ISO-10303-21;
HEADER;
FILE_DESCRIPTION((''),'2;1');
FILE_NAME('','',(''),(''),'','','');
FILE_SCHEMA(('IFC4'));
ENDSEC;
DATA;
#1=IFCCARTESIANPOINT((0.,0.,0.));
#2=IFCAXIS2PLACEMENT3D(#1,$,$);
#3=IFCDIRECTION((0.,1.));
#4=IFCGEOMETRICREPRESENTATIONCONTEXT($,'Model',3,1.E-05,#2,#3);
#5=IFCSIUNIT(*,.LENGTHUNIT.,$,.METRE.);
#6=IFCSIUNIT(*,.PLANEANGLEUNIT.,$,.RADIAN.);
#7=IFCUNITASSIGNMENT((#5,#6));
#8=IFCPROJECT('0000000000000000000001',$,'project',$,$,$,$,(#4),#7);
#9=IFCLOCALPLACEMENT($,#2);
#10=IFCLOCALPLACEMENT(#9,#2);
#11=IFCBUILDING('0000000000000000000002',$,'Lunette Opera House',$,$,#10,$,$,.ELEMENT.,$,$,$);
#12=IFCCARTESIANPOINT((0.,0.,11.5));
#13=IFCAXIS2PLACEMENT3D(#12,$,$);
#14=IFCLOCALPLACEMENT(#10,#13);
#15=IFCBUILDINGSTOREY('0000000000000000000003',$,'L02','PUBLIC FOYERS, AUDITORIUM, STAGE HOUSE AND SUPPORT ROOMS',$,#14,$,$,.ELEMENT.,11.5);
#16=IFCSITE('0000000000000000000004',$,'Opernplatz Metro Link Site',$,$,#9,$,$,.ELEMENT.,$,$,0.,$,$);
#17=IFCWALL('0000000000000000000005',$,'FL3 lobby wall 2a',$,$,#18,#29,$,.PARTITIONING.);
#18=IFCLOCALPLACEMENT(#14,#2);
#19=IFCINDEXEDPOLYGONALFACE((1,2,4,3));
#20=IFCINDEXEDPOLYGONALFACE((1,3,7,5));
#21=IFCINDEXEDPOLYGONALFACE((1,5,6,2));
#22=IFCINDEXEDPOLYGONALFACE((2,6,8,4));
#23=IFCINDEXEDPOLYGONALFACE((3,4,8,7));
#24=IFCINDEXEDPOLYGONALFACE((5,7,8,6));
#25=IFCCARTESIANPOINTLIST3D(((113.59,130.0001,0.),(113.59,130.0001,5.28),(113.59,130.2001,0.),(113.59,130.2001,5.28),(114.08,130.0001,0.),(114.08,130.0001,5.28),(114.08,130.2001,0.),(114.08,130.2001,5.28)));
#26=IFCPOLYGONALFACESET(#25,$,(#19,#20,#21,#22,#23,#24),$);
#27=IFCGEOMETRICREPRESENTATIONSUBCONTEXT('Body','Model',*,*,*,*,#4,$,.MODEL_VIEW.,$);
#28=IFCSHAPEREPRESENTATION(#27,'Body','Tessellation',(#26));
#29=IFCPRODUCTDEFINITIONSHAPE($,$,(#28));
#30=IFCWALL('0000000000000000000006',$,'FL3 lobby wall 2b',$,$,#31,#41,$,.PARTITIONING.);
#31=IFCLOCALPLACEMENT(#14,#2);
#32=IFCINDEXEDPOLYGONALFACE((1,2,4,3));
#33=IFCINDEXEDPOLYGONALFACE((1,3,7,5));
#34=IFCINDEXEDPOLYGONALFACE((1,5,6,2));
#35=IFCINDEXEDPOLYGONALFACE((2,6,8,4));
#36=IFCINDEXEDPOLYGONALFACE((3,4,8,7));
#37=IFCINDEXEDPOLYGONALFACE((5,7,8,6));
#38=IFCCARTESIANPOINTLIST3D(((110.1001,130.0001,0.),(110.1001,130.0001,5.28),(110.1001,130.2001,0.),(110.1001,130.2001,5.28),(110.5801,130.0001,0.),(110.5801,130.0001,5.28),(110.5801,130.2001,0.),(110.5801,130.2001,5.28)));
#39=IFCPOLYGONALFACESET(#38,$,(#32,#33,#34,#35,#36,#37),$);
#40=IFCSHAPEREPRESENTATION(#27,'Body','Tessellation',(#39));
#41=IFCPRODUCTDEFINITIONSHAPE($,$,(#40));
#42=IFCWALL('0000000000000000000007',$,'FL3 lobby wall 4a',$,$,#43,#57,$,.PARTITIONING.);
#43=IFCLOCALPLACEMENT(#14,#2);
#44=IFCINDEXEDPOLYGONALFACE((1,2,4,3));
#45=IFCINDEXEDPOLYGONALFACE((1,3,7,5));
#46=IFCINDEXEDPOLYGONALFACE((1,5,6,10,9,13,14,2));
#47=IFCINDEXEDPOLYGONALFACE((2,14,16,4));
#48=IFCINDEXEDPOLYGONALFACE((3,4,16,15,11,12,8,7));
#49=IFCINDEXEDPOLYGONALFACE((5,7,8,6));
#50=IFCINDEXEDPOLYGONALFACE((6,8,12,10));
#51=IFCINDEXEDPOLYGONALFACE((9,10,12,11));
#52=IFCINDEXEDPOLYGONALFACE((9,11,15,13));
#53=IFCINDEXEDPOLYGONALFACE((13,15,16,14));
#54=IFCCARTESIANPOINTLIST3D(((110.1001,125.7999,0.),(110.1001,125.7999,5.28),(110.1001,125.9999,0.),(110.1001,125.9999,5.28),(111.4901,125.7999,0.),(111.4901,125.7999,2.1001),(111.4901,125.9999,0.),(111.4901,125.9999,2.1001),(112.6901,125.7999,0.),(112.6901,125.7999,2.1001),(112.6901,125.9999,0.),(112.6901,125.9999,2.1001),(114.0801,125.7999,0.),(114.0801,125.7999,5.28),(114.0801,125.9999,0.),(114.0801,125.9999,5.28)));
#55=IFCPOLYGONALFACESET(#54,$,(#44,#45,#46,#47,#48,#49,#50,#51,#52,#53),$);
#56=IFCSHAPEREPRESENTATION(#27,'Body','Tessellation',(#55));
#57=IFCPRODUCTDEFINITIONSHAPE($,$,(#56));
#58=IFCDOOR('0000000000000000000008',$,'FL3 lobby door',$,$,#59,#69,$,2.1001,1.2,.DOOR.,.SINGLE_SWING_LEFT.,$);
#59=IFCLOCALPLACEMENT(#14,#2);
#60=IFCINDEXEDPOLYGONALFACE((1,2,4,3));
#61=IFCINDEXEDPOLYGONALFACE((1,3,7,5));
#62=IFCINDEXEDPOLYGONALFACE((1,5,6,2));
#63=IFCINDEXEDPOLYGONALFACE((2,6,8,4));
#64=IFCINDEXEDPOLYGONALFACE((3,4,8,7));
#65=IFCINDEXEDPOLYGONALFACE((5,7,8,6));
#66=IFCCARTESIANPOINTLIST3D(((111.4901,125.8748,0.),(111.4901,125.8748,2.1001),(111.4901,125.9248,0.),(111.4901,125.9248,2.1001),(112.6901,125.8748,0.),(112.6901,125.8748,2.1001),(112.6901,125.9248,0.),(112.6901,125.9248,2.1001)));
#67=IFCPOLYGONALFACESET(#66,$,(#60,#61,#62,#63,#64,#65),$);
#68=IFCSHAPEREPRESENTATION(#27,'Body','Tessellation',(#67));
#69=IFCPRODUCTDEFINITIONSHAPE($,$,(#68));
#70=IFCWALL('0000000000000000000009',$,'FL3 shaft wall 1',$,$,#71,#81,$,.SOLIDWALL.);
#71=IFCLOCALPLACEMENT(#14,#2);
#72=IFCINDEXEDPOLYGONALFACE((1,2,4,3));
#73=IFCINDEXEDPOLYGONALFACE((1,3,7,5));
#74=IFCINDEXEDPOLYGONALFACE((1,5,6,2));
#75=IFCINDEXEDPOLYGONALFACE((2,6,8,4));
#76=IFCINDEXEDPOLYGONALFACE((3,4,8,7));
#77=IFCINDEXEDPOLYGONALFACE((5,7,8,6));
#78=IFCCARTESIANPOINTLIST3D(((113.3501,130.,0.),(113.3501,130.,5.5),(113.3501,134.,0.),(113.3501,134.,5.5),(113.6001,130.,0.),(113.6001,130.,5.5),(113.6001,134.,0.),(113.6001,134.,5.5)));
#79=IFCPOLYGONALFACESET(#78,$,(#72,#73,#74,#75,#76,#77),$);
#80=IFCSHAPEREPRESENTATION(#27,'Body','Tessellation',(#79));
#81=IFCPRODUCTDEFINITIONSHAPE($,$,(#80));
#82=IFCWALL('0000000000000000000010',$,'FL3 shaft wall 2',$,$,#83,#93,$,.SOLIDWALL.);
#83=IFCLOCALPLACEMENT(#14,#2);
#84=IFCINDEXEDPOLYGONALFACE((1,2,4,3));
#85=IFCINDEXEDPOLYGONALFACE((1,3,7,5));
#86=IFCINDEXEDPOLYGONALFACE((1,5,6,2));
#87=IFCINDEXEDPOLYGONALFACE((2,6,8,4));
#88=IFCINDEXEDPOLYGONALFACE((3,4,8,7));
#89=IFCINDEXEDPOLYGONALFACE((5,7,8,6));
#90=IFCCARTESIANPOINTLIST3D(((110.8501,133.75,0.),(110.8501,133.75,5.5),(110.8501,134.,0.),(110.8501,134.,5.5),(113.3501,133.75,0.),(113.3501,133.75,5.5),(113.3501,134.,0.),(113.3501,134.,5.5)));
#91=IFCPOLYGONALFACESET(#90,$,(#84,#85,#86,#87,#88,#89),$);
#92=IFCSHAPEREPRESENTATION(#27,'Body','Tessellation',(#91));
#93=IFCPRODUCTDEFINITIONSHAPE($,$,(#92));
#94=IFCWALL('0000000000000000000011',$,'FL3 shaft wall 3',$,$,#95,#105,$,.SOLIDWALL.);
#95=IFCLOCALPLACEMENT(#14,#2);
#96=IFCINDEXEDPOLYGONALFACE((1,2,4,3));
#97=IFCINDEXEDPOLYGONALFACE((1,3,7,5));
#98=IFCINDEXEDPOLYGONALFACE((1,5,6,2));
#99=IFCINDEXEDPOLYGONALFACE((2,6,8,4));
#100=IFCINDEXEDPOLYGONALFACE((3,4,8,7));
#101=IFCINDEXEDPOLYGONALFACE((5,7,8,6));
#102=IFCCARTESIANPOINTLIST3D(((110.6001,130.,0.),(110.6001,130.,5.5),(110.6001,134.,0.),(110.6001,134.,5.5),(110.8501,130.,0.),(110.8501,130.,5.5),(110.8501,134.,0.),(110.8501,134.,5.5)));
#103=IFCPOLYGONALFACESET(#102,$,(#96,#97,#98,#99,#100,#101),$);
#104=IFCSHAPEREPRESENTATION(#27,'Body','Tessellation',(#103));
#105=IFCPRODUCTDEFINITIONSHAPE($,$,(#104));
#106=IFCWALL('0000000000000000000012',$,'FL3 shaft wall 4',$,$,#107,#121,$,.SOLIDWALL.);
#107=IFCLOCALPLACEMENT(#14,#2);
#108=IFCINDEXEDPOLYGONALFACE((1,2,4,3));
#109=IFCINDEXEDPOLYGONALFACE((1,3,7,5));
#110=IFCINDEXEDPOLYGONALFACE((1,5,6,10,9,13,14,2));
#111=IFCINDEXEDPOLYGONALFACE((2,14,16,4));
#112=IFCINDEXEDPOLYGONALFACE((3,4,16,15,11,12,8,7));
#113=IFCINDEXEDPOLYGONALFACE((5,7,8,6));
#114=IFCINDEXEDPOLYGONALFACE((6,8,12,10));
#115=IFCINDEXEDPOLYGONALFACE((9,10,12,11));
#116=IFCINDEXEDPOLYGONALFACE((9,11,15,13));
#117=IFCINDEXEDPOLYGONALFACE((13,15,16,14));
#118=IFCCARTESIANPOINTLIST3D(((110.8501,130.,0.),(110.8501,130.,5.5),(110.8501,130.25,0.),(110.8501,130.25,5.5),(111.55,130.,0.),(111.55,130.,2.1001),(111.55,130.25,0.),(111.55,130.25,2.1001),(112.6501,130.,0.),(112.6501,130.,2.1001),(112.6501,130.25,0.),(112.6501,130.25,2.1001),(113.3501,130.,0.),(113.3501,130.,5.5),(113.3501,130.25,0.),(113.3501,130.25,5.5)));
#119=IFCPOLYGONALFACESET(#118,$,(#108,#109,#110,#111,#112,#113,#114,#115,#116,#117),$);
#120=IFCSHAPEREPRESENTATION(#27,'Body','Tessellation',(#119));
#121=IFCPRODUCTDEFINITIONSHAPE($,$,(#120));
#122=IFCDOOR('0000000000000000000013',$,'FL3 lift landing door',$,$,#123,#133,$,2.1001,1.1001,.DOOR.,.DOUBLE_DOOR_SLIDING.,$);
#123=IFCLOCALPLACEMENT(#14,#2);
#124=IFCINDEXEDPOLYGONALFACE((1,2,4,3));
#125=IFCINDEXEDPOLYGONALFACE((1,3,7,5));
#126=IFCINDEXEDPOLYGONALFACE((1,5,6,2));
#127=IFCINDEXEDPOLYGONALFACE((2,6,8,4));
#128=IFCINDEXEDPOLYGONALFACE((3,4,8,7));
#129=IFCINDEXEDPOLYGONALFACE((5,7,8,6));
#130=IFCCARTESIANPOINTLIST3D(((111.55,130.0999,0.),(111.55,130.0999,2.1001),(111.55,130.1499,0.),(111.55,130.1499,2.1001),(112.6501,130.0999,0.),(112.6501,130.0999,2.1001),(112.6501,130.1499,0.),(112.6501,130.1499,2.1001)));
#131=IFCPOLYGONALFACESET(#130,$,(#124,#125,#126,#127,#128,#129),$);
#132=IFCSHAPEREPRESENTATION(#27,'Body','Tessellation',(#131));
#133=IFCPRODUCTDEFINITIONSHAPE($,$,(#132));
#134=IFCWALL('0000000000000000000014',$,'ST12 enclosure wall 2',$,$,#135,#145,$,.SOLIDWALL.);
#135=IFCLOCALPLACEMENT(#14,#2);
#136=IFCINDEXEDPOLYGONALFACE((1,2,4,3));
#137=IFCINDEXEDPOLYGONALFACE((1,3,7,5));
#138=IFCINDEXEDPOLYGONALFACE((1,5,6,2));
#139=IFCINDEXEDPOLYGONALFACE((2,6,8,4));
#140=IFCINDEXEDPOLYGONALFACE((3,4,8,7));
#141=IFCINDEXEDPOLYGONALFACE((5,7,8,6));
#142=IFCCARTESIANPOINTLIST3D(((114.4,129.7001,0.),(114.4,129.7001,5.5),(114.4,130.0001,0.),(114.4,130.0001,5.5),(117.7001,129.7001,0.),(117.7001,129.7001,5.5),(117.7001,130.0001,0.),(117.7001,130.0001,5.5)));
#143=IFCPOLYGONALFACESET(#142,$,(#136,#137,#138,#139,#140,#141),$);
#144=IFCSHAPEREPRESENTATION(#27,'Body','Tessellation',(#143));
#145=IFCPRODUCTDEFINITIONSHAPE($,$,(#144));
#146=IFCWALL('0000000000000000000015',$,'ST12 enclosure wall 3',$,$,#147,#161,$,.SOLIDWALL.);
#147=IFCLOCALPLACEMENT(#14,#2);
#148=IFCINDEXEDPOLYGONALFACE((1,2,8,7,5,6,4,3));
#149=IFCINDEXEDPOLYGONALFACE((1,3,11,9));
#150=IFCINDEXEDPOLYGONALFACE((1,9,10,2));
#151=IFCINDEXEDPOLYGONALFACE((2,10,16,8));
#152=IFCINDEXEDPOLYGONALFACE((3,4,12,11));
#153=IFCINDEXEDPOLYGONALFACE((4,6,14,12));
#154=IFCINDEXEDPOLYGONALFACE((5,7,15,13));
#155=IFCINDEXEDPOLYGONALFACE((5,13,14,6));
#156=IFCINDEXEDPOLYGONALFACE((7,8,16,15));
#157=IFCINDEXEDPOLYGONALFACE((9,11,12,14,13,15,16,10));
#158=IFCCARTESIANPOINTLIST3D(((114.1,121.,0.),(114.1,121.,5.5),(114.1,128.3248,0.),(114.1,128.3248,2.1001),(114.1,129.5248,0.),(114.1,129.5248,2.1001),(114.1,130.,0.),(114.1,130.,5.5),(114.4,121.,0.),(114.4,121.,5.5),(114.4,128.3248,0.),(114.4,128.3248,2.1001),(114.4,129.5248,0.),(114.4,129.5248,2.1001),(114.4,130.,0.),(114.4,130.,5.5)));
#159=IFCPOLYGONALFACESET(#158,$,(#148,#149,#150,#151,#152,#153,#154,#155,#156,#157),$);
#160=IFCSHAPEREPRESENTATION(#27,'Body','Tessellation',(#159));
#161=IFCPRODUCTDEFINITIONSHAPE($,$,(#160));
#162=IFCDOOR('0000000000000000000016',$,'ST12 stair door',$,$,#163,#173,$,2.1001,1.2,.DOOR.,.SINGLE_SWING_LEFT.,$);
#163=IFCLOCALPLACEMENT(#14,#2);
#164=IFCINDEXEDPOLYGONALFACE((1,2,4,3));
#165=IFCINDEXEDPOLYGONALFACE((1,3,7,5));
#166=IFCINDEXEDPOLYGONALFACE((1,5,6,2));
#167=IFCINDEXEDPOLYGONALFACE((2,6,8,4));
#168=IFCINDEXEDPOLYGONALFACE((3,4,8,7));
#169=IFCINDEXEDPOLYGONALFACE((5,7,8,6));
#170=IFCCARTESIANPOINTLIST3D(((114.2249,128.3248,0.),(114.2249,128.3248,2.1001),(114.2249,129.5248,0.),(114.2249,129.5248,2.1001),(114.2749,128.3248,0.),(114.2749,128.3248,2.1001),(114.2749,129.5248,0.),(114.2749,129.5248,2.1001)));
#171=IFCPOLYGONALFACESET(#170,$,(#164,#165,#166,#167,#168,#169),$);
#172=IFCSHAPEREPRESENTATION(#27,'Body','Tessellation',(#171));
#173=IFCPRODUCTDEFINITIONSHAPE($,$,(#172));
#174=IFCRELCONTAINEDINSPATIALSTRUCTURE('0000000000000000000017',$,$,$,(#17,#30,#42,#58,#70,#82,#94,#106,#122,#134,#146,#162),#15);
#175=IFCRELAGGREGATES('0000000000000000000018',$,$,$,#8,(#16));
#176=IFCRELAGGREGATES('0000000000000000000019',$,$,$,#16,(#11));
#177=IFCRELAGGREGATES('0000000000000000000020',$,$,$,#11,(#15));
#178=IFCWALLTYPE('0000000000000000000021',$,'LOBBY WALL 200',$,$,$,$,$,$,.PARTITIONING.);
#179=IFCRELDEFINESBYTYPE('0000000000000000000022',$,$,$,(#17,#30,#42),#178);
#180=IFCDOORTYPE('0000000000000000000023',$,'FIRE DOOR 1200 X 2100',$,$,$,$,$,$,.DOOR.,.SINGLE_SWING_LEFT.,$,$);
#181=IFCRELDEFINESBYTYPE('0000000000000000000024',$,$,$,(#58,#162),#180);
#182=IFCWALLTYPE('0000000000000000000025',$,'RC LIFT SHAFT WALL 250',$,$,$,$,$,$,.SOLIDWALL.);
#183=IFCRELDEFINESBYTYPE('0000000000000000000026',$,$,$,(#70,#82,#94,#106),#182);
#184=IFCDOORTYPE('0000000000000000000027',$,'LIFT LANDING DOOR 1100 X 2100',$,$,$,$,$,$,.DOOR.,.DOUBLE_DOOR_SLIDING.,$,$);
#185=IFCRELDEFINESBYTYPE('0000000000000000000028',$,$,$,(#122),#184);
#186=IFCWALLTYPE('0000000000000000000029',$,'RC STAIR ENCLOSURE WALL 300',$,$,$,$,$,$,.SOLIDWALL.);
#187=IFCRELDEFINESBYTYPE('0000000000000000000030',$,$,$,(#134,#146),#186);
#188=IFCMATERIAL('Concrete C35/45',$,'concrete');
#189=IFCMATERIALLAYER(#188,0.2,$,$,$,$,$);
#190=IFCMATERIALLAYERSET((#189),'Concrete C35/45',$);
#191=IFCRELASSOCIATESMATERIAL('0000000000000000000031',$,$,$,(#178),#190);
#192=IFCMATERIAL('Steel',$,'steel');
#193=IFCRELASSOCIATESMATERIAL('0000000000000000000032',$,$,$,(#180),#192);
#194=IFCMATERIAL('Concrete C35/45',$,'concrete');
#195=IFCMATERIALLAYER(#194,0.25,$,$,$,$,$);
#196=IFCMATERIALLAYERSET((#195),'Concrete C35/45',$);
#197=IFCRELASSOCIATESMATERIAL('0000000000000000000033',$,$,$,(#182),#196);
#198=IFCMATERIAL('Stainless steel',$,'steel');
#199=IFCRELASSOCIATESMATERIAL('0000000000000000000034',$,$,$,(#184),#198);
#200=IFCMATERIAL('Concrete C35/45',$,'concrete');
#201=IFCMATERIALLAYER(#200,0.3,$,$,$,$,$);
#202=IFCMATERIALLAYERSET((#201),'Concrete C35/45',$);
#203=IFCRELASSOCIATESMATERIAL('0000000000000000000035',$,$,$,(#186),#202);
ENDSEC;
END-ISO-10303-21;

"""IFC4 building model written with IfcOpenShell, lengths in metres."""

from ifc_helpers import new_model, si_unit, direction, frame, frame_2d, origin, place, context, subcontext, project, spatial, rectangle, extrude, material, layer, layer_set, type_object, element, fill, save


model = new_model("IFC4")

# Units and contexts
model_context = context("Model", 3, precision=1e-05, world=origin(), true_north=direction((0.0, 1.0)))
body_context = subcontext(model_context, "Body", "Model", "MODEL_VIEW")
ifc_project = project(units=[si_unit("LENGTHUNIT", "METRE"), si_unit("PLANEANGLEUNIT", "RADIAN")], contexts=[model_context])

# Site, building, storey
site_placement = place(None, origin())
site = spatial("IfcSite", under=ifc_project, at=site_placement, Name="Opernplatz Metro Link Site", CompositionType="ELEMENT", RefElevation=0.0)
building_placement = place(site_placement, origin())
building = spatial("IfcBuilding", under=site, at=building_placement, Name="Lunette Opera House", CompositionType="ELEMENT")
storey_placement = place(building_placement, frame((0.0, 0.0, 11.5)))
storey = spatial("IfcBuildingStorey", under=building, at=storey_placement, Name="L02", Description="PUBLIC FOYERS, AUDITORIUM, STAGE HOUSE AND SUPPORT ROOMS", CompositionType="ELEMENT", Elevation=11.5)

# Walls
ifc_material_1 = material(Name="Concrete C35/45", Category="concrete")
ifc_layer_1 = layer(ifc_material_1, 0.2)
ifc_layer_set_1 = layer_set([ifc_layer_1], Name="Concrete C35/45")
wall_type_1 = type_object("IfcWallType", Name="LOBBY WALL 200", PredefinedType="PARTITIONING", material=ifc_layer_set_1)
wall_1_placement = place(storey_placement, frame((114.0801, 130.1001, 0.0), z_axis=(0.0, 0.0, 1.0), x_axis=(-1.0, 0.0, 0.0)))
element("IfcWall", 1, at=wall_1_placement, inside=storey, type_object=wall_type_1, Name="FL3 lobby wall 2a", PredefinedType="PARTITIONING", context=body_context, shape_type="SweptSolid", body=[
    extrude(rectangle(XDim=0.49, YDim=0.2, at=frame_2d((0.2451, 0.0))), origin(), (0.0, 0.0, 1.0), 5.28),
])
wall_2_placement = place(storey_placement, frame((110.5801, 130.1001, 0.0), z_axis=(0.0, 0.0, 1.0), x_axis=(-1.0, 0.0, 0.0)))
element("IfcWall", 2, at=wall_2_placement, inside=storey, type_object=wall_type_1, Name="FL3 lobby wall 2b", PredefinedType="PARTITIONING", context=body_context, shape_type="SweptSolid", body=[
    extrude(rectangle(XDim=0.48, YDim=0.2, at=frame_2d((0.24, 0.0))), origin(), (0.0, 0.0, 1.0), 5.28),
])

# Wall, opening, door
wall_3_placement = place(storey_placement, frame((110.1001, 125.8999, 0.0), z_axis=(0.0, 0.0, 1.0), x_axis=(1.0, 0.0, 0.0)))
wall_3 = element("IfcWall", 3, at=wall_3_placement, inside=storey, type_object=wall_type_1, Name="FL3 lobby wall 4a", PredefinedType="PARTITIONING", context=body_context, shape_type="SweptSolid", body=[
    extrude(rectangle(XDim=3.98, YDim=0.2, at=frame_2d((1.99, 0.0))), origin(), (0.0, 0.0, 1.0), 5.28),
])
opening_1_placement = place(wall_3_placement, frame((1.3899, 0.0, 0.0)))
opening_1 = element("IfcOpeningElement", 4, at=opening_1_placement, cuts=wall_3, PredefinedType="OPENING", context=body_context, shape_type="SweptSolid", body=[
    extrude(rectangle(XDim=1.2, YDim=2.1001, at=frame_2d((0.6001, 1.05))), frame((0.0, 0.1121, 0.0), z_axis=(0.0, -1.0, 0.0), x_axis=(1.0, 0.0, 0.0)), (0.0, 0.0, 1.0), 0.2239),
])
ifc_material_2 = material(Name="Steel", Category="steel")
door_type_1 = type_object("IfcDoorType", Name="FIRE DOOR 1200 X 2100", OperationType="SINGLE_SWING_LEFT", PredefinedType="DOOR", material=ifc_material_2)
door_1_placement = place(opening_1_placement, origin())
door_1 = element("IfcDoor", 5, at=door_1_placement, inside=storey, type_object=door_type_1, Name="FL3 lobby door", OperationType="SINGLE_SWING_LEFT", OverallHeight=2.1001, OverallWidth=1.2, PredefinedType="DOOR", context=body_context, shape_type="SweptSolid", body=[
    extrude(rectangle(XDim=1.2, YDim=2.1001, at=frame_2d((0.6001, 1.05))), frame((0.0, 0.0249, 0.0), z_axis=(0.0, -1.0, 0.0), x_axis=(1.0, 0.0, 0.0)), (0.0, 0.0, 1.0), 0.05),
])
fill(opening_1, door_1)

# Walls
ifc_material_3 = material(Name="Concrete C35/45", Category="concrete")
ifc_layer_2 = layer(ifc_material_3, 0.25)
ifc_layer_set_2 = layer_set([ifc_layer_2], Name="Concrete C35/45")
wall_type_2 = type_object("IfcWallType", Name="RC LIFT SHAFT WALL 250", PredefinedType="SOLIDWALL", material=ifc_layer_set_2)
wall_4_placement = place(storey_placement, frame((113.4751, 130.0, 0.0), z_axis=(0.0, 0.0, 1.0), x_axis=(0.0, 1.0, 0.0)))
element("IfcWall", 6, at=wall_4_placement, inside=storey, type_object=wall_type_2, Name="FL3 shaft wall 1", PredefinedType="SOLIDWALL", context=body_context, shape_type="SweptSolid", body=[
    extrude(rectangle(XDim=4.0, YDim=0.25, at=frame_2d((2.0, 0.0))), origin(), (0.0, 0.0, 1.0), 5.5),
])
wall_5_placement = place(storey_placement, frame((113.3501, 133.875, 0.0), z_axis=(0.0, 0.0, 1.0), x_axis=(-1.0, 0.0, 0.0)))
element("IfcWall", 7, at=wall_5_placement, inside=storey, type_object=wall_type_2, Name="FL3 shaft wall 2", PredefinedType="SOLIDWALL", context=body_context, shape_type="SweptSolid", body=[
    extrude(rectangle(XDim=2.5, YDim=0.25, at=frame_2d((1.25, 0.0))), origin(), (0.0, 0.0, 1.0), 5.5),
])
wall_6_placement = place(storey_placement, frame((110.7251, 134.0, 0.0), z_axis=(0.0, 0.0, 1.0), x_axis=(0.0, -1.0, 0.0)))
element("IfcWall", 8, at=wall_6_placement, inside=storey, type_object=wall_type_2, Name="FL3 shaft wall 3", PredefinedType="SOLIDWALL", context=body_context, shape_type="SweptSolid", body=[
    extrude(rectangle(XDim=4.0, YDim=0.25, at=frame_2d((2.0, 0.0))), origin(), (0.0, 0.0, 1.0), 5.5),
])

# Wall, opening, door
wall_7_placement = place(storey_placement, frame((110.8501, 130.125, 0.0), z_axis=(0.0, 0.0, 1.0), x_axis=(1.0, 0.0, 0.0)))
wall_7 = element("IfcWall", 9, at=wall_7_placement, inside=storey, type_object=wall_type_2, Name="FL3 shaft wall 4", PredefinedType="SOLIDWALL", context=body_context, shape_type="SweptSolid", body=[
    extrude(rectangle(XDim=2.5, YDim=0.25, at=frame_2d((1.25, 0.0))), origin(), (0.0, 0.0, 1.0), 5.5),
])
opening_2_placement = place(wall_7_placement, frame((0.7, 0.0, 0.0)))
opening_2 = element("IfcOpeningElement", 10, at=opening_2_placement, cuts=wall_7, PredefinedType="OPENING", context=body_context, shape_type="SweptSolid", body=[
    extrude(rectangle(XDim=1.1001, YDim=2.1001, at=frame_2d((0.55, 1.05))), frame((0.0, 0.137, 0.0), z_axis=(0.0, -1.0, 0.0), x_axis=(1.0, 0.0, 0.0)), (0.0, 0.0, 1.0), 0.2739),
])
ifc_material_4 = material(Name="Stainless steel", Category="steel")
door_type_2 = type_object("IfcDoorType", Name="LIFT LANDING DOOR 1100 X 2100", OperationType="DOUBLE_DOOR_SLIDING", PredefinedType="DOOR", material=ifc_material_4)
door_2_placement = place(opening_2_placement, origin())
door_2 = element("IfcDoor", 11, at=door_2_placement, inside=storey, type_object=door_type_2, Name="FL3 lift landing door", OperationType="DOUBLE_DOOR_SLIDING", OverallHeight=2.1001, OverallWidth=1.1001, PredefinedType="DOOR", context=body_context, shape_type="SweptSolid", body=[
    extrude(rectangle(XDim=1.1001, YDim=2.1001, at=frame_2d((0.55, 1.05))), frame((0.0, 0.0249, 0.0), z_axis=(0.0, -1.0, 0.0), x_axis=(1.0, 0.0, 0.0)), (0.0, 0.0, 1.0), 0.05),
])
fill(opening_2, door_2)

# Wall
ifc_material_5 = material(Name="Concrete C35/45", Category="concrete")
ifc_layer_3 = layer(ifc_material_5, 0.3)
ifc_layer_set_3 = layer_set([ifc_layer_3], Name="Concrete C35/45")
wall_type_3 = type_object("IfcWallType", Name="RC STAIR ENCLOSURE WALL 300", PredefinedType="SOLIDWALL", material=ifc_layer_set_3)
wall_8_placement = place(storey_placement, frame((117.7, 129.8501, 0.0), z_axis=(0.0, 0.0, 1.0), x_axis=(-1.0, 0.0, 0.0)))
element("IfcWall", 12, at=wall_8_placement, inside=storey, type_object=wall_type_3, Name="ST12 enclosure wall 2", PredefinedType="SOLIDWALL", context=body_context, shape_type="SweptSolid", body=[
    extrude(rectangle(XDim=3.3, YDim=0.3, at=frame_2d((1.6499, 0.0))), origin(), (0.0, 0.0, 1.0), 5.5),
])

# Wall, opening, door
wall_9_placement = place(storey_placement, frame((114.25, 130.0, 0.0), z_axis=(0.0, 0.0, 1.0), x_axis=(0.0, -1.0, 0.0)))
wall_9 = element("IfcWall", 13, at=wall_9_placement, inside=storey, type_object=wall_type_3, Name="ST12 enclosure wall 3", PredefinedType="SOLIDWALL", context=body_context, shape_type="SweptSolid", body=[
    extrude(rectangle(XDim=9.0, YDim=0.3, at=frame_2d((4.5, 0.0))), origin(), (0.0, 0.0, 1.0), 5.5),
])
opening_3_placement = place(wall_9_placement, frame((0.4751, 0.0, 0.0)))
opening_3 = element("IfcOpeningElement", 14, at=opening_3_placement, cuts=wall_9, PredefinedType="OPENING", context=body_context, shape_type="SweptSolid", body=[
    extrude(rectangle(XDim=1.2, YDim=2.1001, at=frame_2d((0.6001, 1.05))), frame((0.0, 0.1621, 0.0), z_axis=(0.0, -1.0, 0.0), x_axis=(1.0, 0.0, 0.0)), (0.0, 0.0, 1.0), 0.324),
])
door_3_placement = place(opening_3_placement, origin())
door_3 = element("IfcDoor", 15, at=door_3_placement, inside=storey, type_object=door_type_1, Name="ST12 stair door", OperationType="SINGLE_SWING_LEFT", OverallHeight=2.1001, OverallWidth=1.2, PredefinedType="DOOR", context=body_context, shape_type="SweptSolid", body=[
    extrude(rectangle(XDim=1.2, YDim=2.1001, at=frame_2d((0.6001, 1.05))), frame((0.0, 0.0249, 0.0), z_axis=(0.0, -1.0, 0.0), x_axis=(1.0, 0.0, 0.0)), (0.0, 0.0, 1.0), 0.05),
])
fill(opening_3, door_3)

save(model, "model.ifc")
